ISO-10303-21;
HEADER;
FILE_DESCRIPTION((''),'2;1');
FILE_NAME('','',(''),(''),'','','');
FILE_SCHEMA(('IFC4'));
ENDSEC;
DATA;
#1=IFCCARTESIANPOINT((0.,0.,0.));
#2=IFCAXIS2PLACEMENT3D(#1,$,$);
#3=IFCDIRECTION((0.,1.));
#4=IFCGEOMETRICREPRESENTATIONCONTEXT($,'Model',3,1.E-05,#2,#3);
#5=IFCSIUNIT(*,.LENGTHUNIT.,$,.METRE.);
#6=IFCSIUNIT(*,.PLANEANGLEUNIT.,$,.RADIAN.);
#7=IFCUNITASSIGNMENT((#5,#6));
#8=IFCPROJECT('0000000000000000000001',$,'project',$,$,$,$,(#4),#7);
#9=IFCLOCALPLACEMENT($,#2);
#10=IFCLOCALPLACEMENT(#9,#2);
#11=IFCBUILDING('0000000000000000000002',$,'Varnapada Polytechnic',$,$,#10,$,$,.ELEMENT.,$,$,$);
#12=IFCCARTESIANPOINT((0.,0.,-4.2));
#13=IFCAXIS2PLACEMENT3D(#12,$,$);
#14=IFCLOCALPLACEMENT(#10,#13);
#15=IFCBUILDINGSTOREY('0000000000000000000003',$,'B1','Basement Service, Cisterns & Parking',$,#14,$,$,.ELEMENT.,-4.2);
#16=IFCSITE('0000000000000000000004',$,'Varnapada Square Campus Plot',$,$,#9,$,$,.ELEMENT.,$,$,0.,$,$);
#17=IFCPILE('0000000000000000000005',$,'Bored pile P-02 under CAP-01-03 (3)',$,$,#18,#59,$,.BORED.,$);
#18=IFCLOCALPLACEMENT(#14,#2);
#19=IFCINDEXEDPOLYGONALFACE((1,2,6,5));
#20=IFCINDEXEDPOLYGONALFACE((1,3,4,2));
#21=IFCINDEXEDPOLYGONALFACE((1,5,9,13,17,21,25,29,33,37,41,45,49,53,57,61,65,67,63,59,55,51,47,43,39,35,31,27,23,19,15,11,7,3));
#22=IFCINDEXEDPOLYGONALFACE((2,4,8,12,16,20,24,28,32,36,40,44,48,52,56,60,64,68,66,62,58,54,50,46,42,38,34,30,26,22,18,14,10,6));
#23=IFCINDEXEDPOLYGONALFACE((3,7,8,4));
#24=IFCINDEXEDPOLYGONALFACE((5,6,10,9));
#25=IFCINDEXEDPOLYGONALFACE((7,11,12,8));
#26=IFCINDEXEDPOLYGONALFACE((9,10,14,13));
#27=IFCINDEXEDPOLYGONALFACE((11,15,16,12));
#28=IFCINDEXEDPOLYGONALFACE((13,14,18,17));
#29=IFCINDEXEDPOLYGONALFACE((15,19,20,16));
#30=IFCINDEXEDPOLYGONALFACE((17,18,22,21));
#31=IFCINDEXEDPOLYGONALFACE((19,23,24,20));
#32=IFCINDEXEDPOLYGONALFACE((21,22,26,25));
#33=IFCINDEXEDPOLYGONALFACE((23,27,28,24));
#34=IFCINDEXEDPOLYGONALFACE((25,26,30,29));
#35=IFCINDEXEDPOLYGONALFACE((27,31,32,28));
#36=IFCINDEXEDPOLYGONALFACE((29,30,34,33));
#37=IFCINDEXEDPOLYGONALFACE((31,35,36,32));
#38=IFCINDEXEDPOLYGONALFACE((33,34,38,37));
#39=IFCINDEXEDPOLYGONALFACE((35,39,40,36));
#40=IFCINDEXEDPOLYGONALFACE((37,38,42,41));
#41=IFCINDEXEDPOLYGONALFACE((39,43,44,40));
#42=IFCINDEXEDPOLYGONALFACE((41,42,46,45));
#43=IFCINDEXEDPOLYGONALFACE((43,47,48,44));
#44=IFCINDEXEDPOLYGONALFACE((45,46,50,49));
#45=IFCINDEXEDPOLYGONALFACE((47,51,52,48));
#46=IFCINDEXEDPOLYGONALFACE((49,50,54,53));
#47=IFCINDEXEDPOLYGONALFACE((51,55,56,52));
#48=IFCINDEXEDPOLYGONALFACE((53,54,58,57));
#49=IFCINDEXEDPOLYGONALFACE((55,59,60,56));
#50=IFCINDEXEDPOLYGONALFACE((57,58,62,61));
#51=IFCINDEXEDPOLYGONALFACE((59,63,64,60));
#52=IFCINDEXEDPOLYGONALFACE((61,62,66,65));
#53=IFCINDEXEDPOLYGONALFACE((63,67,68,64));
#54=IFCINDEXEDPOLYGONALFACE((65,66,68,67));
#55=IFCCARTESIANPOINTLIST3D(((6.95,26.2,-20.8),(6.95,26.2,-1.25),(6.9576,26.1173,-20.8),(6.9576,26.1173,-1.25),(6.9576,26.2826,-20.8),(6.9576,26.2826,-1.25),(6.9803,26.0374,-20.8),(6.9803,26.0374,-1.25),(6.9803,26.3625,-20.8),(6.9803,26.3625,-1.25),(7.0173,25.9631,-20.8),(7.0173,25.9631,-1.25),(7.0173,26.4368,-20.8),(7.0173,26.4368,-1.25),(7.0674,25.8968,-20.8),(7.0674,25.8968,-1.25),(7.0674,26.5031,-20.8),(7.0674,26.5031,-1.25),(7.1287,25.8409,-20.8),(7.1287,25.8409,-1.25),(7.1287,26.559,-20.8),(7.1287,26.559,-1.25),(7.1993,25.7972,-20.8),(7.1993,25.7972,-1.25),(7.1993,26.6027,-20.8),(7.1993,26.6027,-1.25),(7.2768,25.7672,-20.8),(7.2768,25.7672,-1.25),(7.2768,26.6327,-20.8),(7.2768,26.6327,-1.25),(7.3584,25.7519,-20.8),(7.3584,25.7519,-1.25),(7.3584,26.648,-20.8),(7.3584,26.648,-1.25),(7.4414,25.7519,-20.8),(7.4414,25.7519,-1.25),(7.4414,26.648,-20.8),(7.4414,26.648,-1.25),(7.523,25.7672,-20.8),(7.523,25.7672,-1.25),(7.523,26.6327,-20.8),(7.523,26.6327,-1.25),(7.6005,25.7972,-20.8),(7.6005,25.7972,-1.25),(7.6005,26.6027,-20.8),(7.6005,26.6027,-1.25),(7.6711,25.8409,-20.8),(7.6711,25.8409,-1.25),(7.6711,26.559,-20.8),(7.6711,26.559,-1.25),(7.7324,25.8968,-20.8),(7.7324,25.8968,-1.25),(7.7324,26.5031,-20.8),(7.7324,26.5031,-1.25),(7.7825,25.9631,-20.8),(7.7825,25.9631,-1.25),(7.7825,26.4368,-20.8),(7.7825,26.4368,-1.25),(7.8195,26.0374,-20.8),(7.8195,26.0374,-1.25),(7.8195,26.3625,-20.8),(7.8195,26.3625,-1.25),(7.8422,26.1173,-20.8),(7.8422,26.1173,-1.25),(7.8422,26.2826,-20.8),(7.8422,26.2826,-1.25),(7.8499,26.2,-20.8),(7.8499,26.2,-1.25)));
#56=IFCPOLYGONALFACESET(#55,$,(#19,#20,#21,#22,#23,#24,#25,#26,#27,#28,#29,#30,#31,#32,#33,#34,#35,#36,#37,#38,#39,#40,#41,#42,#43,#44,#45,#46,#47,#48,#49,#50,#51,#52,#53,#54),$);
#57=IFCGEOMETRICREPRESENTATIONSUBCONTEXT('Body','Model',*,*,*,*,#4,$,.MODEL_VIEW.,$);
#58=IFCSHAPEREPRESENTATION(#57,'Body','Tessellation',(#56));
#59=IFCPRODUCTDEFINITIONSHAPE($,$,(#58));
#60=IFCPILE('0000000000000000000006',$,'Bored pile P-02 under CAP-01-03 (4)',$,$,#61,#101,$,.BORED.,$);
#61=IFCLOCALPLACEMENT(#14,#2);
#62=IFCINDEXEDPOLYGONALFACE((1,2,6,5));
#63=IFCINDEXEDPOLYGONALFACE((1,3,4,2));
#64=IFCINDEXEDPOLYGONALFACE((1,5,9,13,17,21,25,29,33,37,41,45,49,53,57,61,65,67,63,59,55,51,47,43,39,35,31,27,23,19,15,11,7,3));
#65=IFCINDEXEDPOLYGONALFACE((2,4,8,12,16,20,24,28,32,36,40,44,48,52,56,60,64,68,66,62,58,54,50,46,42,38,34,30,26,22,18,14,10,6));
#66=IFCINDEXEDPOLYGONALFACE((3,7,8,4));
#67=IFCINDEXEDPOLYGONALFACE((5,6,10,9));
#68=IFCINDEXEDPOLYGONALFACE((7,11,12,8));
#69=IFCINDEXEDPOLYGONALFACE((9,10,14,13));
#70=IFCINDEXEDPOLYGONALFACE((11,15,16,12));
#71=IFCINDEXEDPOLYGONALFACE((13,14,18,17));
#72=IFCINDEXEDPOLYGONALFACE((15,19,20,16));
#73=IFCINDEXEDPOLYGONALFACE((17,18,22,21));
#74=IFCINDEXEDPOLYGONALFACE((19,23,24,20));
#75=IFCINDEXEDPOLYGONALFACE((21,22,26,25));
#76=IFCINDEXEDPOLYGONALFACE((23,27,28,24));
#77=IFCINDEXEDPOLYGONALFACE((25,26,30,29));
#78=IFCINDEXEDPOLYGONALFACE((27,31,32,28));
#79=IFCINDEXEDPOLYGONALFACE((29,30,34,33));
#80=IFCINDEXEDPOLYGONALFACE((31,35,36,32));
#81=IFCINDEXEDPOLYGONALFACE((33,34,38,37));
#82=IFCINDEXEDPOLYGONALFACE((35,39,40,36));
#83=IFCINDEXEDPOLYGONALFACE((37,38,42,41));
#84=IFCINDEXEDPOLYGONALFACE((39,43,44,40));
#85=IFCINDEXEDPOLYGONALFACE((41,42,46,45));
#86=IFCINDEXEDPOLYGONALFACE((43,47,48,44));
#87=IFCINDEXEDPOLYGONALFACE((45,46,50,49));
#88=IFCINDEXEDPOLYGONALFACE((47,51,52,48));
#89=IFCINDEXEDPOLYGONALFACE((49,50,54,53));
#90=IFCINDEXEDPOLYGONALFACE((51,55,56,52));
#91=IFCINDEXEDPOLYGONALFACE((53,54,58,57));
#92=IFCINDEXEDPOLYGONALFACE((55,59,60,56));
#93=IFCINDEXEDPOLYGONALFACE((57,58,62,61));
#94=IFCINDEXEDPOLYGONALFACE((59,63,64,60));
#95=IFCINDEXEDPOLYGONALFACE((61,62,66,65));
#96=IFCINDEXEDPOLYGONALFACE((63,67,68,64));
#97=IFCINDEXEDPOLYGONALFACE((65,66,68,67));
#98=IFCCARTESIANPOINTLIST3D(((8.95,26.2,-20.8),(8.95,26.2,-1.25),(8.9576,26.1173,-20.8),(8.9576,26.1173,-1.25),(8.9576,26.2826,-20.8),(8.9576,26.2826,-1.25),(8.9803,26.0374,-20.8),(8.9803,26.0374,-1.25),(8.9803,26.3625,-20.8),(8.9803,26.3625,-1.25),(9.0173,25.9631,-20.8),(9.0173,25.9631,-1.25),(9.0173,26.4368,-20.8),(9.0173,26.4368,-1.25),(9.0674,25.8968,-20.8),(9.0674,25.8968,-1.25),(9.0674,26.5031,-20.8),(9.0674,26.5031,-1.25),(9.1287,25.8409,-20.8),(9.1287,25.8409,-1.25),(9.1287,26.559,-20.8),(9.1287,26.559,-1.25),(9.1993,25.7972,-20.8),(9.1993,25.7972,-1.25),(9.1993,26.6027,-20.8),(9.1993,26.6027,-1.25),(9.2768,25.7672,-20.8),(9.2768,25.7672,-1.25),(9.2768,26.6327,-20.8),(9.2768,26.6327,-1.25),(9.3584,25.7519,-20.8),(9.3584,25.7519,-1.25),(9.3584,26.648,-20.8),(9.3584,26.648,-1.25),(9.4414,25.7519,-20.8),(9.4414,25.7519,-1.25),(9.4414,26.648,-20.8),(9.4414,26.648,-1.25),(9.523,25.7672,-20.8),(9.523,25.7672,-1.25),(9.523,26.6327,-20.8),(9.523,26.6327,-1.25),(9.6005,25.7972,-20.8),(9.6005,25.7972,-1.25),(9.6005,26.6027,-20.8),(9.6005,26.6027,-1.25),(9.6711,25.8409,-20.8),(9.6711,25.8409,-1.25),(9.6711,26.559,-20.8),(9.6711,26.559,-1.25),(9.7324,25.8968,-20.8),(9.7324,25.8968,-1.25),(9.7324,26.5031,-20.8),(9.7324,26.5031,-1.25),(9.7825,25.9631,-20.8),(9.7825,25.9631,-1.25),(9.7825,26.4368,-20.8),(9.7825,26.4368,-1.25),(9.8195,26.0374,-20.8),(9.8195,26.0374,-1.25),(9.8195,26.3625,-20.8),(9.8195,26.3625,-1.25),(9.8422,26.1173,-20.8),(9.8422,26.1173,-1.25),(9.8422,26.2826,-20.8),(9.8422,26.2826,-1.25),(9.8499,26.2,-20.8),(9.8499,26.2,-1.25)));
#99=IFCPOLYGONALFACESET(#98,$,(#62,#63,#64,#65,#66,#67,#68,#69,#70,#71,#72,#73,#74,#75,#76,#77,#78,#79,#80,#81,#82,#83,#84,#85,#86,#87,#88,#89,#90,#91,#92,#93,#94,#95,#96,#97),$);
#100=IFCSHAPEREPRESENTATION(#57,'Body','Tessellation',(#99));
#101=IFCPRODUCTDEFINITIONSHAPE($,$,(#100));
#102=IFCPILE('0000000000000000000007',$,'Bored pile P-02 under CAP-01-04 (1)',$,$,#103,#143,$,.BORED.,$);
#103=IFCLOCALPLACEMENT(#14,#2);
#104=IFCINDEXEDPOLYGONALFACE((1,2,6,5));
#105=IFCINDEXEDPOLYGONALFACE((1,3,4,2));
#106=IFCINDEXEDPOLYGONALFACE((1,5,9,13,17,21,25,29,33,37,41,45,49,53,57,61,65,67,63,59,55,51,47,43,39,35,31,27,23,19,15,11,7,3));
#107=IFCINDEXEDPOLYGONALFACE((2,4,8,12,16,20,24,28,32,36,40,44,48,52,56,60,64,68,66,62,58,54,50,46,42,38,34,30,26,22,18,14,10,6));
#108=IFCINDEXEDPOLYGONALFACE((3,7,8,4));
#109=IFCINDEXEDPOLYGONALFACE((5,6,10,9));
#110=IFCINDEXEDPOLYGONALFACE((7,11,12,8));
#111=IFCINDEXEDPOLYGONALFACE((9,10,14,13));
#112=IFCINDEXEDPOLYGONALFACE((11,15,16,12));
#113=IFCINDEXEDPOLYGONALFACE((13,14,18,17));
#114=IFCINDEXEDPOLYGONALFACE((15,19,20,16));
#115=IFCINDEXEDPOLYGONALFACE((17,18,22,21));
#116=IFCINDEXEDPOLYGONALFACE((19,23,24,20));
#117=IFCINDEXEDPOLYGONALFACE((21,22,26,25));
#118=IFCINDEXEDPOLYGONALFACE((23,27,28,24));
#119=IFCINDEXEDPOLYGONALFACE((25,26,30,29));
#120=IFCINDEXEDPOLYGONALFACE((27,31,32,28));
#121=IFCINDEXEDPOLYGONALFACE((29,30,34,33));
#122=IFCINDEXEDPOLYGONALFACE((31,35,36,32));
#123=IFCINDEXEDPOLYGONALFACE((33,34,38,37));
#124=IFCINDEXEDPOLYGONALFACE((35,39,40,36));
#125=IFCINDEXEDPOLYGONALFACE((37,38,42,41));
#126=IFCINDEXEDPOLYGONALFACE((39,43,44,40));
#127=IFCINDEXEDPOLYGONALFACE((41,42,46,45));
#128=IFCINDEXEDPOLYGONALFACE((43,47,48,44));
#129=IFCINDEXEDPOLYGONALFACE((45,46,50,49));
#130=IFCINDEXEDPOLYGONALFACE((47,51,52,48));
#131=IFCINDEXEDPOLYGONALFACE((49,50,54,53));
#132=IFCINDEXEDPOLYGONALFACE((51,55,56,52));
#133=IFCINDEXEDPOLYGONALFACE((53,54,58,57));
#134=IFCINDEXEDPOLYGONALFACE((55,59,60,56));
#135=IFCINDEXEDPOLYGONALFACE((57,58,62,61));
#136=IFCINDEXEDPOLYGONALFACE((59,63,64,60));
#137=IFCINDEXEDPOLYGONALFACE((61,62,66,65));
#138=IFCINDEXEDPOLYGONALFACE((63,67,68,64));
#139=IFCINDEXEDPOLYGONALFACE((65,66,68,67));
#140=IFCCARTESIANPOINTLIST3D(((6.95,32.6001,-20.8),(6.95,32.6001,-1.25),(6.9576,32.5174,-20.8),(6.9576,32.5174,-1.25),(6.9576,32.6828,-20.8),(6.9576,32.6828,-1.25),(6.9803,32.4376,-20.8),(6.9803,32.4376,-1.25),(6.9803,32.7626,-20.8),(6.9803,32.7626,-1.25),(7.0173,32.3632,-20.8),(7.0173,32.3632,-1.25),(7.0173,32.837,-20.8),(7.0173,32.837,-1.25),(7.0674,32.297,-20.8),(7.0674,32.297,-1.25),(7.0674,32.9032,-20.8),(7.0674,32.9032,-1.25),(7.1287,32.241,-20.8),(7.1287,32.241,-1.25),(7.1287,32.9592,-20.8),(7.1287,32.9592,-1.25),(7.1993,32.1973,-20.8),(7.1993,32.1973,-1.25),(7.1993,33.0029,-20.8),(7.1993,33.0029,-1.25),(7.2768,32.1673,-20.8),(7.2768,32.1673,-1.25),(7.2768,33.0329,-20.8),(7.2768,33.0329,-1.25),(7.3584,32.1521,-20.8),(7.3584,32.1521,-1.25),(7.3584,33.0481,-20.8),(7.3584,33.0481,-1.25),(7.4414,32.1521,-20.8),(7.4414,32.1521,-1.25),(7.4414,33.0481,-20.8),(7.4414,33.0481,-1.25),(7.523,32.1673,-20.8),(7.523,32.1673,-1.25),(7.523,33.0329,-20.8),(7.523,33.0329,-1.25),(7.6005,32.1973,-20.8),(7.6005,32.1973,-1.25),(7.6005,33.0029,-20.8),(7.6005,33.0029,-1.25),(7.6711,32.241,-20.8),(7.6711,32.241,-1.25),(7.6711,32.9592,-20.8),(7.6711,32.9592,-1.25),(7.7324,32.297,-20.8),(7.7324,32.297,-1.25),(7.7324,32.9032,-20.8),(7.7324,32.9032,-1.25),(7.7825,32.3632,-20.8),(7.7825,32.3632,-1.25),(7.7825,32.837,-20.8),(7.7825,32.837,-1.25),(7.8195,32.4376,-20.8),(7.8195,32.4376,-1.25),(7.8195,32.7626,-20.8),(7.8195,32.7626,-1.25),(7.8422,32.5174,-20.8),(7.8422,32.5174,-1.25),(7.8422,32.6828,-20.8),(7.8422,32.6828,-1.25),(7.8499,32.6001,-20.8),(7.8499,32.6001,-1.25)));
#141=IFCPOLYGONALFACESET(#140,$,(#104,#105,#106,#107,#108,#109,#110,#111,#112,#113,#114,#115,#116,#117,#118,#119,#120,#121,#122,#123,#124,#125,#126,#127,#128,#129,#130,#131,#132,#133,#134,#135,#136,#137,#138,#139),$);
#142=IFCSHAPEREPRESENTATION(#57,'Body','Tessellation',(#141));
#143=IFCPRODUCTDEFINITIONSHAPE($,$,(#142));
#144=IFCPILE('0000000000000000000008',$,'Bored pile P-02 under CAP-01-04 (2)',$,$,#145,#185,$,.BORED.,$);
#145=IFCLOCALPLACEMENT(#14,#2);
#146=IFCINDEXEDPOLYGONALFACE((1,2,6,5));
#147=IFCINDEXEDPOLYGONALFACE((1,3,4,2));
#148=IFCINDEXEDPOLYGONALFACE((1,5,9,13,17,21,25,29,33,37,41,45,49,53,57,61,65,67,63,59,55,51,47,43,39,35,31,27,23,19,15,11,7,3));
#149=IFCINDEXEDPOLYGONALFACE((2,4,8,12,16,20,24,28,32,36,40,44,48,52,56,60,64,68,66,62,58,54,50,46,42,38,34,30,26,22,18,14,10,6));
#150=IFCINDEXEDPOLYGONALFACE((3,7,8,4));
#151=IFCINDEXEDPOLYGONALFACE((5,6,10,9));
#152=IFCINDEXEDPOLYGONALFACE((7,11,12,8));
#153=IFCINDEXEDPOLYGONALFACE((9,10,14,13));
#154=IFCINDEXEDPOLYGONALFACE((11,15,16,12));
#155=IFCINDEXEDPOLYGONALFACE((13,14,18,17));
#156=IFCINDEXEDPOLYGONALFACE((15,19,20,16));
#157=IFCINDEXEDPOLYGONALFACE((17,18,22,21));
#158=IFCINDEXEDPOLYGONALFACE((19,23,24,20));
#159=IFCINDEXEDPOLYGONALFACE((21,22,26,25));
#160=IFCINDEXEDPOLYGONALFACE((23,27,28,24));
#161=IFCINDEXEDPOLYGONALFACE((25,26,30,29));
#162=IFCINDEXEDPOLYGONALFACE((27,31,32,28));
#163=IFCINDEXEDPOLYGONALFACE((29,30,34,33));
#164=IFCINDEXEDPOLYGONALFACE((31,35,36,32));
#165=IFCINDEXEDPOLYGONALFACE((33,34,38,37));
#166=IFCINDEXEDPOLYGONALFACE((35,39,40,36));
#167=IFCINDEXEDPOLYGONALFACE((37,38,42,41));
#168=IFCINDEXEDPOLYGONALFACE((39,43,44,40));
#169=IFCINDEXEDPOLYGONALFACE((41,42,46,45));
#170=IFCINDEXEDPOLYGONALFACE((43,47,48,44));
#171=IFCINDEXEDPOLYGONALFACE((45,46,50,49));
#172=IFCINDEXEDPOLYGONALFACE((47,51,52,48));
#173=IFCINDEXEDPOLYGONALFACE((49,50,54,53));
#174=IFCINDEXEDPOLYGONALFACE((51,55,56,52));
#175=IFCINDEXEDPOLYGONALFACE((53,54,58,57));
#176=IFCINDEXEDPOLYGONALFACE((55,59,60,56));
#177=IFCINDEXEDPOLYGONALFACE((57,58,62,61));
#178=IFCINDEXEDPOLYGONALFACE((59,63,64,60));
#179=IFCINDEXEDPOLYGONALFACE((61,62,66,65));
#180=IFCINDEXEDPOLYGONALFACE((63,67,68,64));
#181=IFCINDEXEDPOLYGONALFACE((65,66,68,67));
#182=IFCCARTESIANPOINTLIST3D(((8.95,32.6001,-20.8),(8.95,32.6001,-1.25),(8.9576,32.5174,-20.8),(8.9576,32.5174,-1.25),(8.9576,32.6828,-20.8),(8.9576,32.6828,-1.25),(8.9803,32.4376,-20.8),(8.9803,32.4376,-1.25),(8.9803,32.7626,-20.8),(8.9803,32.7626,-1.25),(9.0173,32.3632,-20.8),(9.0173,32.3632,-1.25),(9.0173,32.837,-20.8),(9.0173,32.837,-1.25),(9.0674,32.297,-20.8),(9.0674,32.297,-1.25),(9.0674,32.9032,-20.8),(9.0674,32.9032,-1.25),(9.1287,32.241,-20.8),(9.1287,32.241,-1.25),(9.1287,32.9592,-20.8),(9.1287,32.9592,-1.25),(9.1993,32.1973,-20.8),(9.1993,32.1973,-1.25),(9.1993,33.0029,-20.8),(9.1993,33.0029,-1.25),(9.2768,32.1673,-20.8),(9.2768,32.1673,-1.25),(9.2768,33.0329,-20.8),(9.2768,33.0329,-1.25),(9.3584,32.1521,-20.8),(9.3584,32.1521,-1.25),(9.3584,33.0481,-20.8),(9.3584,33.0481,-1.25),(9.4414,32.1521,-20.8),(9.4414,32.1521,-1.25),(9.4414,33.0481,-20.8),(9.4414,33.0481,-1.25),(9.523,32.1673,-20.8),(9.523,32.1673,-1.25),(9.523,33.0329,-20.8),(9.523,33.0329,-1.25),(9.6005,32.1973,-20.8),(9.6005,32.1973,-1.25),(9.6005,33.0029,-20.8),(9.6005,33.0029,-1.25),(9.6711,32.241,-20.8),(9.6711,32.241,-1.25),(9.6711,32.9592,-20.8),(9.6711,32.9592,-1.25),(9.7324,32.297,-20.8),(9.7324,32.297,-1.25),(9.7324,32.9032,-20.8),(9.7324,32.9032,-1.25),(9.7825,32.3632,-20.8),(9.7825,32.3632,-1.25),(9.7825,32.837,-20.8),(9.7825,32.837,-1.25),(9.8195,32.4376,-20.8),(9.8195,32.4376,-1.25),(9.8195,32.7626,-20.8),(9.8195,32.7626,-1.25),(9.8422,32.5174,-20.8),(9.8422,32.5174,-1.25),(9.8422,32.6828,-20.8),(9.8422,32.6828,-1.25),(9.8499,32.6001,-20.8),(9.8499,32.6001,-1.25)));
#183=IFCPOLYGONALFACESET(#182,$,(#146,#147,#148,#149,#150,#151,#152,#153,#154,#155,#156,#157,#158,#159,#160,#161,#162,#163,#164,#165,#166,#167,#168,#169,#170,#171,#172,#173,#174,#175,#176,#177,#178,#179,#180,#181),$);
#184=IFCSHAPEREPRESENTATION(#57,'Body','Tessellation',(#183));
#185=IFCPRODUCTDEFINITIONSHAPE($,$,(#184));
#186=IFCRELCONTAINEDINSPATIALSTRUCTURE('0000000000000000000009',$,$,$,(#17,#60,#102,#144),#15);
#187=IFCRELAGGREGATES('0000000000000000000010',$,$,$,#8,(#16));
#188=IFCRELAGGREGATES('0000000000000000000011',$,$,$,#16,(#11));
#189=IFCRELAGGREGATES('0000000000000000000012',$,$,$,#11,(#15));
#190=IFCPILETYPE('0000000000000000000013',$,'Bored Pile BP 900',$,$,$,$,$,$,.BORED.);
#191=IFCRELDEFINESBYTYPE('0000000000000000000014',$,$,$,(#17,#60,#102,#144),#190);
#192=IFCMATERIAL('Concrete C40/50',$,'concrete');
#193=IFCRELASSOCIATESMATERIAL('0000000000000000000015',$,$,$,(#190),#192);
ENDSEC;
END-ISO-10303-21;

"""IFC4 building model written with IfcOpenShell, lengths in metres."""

from ifc_helpers import new_model, si_unit, direction, frame, origin, origin_2d, place, context, subcontext, project, spatial, circle, extrude, material, material_profile, profile_set, type_object, element, save


model = new_model("IFC4")

# Units and contexts
model_context = context("Model", 3, precision=1e-05, world=origin(), true_north=direction((0.0, 1.0)))
body_context = subcontext(model_context, "Body", "Model", "MODEL_VIEW")
ifc_project = project(units=[si_unit("LENGTHUNIT", "METRE"), si_unit("PLANEANGLEUNIT", "RADIAN")], contexts=[model_context])

# Site, building, storey
site_placement = place(None, origin())
site = spatial("IfcSite", under=ifc_project, at=site_placement, Name="Varnapada Square Campus Plot", CompositionType="ELEMENT", RefElevation=0.0)
building_placement = place(site_placement, origin())
building = spatial("IfcBuilding", under=site, at=building_placement, Name="Varnapada Polytechnic", CompositionType="ELEMENT")
storey_placement = place(building_placement, frame((0.0, 0.0, -4.2)))
storey = spatial("IfcBuildingStorey", under=building, at=storey_placement, Name="B1", Description="Basement Service, Cisterns & Parking", CompositionType="ELEMENT", Elevation=-4.2)

# Piles
ifc_material_1 = material(Name="Concrete C40/50", Category="concrete")
ifc_material_profile_1 = material_profile(ifc_material_1, circle(Radius=0.45, at=origin_2d()), Name="BP 900")
ifc_profile_set_1 = profile_set([ifc_material_profile_1], Name="Concrete C40/50")
pile_type_1 = type_object("IfcPileType", Name="Bored Pile BP 900", PredefinedType="BORED", material=ifc_profile_set_1)
for number, where, z_axis, x_axis, name in (
    (1, (7.3999, 26.2, -1.25), (0.0, 0.0, -1.0), (1.0, 0.0, 0.0), "Bored pile P-02 under CAP-01-03 (3)"),
    (2, (9.3999, 26.2, -1.25), (0.0, 0.0, -1.0), (1.0, 0.0, 0.0), "Bored pile P-02 under CAP-01-03 (4)"),
    (3, (7.3999, 32.6001, -1.25), (0.0, 0.0, -1.0), (1.0, 0.0, 0.0), "Bored pile P-02 under CAP-01-04 (1)"),
    (4, (9.3999, 32.6001, -1.25), (0.0, 0.0, -1.0), (1.0, 0.0, 0.0), "Bored pile P-02 under CAP-01-04 (2)"),
):
    element("IfcPile", number, at=place(storey_placement, frame(where, z_axis=z_axis, x_axis=x_axis)), inside=storey, type_object=pile_type_1, Name=name, PredefinedType="BORED", context=body_context, shape_type="SweptSolid", body=[
        extrude(circle(Radius=0.45, at=origin_2d()), origin(), (0.0, 0.0, 1.0), 19.55),
    ])

save(model, "model.ifc")
